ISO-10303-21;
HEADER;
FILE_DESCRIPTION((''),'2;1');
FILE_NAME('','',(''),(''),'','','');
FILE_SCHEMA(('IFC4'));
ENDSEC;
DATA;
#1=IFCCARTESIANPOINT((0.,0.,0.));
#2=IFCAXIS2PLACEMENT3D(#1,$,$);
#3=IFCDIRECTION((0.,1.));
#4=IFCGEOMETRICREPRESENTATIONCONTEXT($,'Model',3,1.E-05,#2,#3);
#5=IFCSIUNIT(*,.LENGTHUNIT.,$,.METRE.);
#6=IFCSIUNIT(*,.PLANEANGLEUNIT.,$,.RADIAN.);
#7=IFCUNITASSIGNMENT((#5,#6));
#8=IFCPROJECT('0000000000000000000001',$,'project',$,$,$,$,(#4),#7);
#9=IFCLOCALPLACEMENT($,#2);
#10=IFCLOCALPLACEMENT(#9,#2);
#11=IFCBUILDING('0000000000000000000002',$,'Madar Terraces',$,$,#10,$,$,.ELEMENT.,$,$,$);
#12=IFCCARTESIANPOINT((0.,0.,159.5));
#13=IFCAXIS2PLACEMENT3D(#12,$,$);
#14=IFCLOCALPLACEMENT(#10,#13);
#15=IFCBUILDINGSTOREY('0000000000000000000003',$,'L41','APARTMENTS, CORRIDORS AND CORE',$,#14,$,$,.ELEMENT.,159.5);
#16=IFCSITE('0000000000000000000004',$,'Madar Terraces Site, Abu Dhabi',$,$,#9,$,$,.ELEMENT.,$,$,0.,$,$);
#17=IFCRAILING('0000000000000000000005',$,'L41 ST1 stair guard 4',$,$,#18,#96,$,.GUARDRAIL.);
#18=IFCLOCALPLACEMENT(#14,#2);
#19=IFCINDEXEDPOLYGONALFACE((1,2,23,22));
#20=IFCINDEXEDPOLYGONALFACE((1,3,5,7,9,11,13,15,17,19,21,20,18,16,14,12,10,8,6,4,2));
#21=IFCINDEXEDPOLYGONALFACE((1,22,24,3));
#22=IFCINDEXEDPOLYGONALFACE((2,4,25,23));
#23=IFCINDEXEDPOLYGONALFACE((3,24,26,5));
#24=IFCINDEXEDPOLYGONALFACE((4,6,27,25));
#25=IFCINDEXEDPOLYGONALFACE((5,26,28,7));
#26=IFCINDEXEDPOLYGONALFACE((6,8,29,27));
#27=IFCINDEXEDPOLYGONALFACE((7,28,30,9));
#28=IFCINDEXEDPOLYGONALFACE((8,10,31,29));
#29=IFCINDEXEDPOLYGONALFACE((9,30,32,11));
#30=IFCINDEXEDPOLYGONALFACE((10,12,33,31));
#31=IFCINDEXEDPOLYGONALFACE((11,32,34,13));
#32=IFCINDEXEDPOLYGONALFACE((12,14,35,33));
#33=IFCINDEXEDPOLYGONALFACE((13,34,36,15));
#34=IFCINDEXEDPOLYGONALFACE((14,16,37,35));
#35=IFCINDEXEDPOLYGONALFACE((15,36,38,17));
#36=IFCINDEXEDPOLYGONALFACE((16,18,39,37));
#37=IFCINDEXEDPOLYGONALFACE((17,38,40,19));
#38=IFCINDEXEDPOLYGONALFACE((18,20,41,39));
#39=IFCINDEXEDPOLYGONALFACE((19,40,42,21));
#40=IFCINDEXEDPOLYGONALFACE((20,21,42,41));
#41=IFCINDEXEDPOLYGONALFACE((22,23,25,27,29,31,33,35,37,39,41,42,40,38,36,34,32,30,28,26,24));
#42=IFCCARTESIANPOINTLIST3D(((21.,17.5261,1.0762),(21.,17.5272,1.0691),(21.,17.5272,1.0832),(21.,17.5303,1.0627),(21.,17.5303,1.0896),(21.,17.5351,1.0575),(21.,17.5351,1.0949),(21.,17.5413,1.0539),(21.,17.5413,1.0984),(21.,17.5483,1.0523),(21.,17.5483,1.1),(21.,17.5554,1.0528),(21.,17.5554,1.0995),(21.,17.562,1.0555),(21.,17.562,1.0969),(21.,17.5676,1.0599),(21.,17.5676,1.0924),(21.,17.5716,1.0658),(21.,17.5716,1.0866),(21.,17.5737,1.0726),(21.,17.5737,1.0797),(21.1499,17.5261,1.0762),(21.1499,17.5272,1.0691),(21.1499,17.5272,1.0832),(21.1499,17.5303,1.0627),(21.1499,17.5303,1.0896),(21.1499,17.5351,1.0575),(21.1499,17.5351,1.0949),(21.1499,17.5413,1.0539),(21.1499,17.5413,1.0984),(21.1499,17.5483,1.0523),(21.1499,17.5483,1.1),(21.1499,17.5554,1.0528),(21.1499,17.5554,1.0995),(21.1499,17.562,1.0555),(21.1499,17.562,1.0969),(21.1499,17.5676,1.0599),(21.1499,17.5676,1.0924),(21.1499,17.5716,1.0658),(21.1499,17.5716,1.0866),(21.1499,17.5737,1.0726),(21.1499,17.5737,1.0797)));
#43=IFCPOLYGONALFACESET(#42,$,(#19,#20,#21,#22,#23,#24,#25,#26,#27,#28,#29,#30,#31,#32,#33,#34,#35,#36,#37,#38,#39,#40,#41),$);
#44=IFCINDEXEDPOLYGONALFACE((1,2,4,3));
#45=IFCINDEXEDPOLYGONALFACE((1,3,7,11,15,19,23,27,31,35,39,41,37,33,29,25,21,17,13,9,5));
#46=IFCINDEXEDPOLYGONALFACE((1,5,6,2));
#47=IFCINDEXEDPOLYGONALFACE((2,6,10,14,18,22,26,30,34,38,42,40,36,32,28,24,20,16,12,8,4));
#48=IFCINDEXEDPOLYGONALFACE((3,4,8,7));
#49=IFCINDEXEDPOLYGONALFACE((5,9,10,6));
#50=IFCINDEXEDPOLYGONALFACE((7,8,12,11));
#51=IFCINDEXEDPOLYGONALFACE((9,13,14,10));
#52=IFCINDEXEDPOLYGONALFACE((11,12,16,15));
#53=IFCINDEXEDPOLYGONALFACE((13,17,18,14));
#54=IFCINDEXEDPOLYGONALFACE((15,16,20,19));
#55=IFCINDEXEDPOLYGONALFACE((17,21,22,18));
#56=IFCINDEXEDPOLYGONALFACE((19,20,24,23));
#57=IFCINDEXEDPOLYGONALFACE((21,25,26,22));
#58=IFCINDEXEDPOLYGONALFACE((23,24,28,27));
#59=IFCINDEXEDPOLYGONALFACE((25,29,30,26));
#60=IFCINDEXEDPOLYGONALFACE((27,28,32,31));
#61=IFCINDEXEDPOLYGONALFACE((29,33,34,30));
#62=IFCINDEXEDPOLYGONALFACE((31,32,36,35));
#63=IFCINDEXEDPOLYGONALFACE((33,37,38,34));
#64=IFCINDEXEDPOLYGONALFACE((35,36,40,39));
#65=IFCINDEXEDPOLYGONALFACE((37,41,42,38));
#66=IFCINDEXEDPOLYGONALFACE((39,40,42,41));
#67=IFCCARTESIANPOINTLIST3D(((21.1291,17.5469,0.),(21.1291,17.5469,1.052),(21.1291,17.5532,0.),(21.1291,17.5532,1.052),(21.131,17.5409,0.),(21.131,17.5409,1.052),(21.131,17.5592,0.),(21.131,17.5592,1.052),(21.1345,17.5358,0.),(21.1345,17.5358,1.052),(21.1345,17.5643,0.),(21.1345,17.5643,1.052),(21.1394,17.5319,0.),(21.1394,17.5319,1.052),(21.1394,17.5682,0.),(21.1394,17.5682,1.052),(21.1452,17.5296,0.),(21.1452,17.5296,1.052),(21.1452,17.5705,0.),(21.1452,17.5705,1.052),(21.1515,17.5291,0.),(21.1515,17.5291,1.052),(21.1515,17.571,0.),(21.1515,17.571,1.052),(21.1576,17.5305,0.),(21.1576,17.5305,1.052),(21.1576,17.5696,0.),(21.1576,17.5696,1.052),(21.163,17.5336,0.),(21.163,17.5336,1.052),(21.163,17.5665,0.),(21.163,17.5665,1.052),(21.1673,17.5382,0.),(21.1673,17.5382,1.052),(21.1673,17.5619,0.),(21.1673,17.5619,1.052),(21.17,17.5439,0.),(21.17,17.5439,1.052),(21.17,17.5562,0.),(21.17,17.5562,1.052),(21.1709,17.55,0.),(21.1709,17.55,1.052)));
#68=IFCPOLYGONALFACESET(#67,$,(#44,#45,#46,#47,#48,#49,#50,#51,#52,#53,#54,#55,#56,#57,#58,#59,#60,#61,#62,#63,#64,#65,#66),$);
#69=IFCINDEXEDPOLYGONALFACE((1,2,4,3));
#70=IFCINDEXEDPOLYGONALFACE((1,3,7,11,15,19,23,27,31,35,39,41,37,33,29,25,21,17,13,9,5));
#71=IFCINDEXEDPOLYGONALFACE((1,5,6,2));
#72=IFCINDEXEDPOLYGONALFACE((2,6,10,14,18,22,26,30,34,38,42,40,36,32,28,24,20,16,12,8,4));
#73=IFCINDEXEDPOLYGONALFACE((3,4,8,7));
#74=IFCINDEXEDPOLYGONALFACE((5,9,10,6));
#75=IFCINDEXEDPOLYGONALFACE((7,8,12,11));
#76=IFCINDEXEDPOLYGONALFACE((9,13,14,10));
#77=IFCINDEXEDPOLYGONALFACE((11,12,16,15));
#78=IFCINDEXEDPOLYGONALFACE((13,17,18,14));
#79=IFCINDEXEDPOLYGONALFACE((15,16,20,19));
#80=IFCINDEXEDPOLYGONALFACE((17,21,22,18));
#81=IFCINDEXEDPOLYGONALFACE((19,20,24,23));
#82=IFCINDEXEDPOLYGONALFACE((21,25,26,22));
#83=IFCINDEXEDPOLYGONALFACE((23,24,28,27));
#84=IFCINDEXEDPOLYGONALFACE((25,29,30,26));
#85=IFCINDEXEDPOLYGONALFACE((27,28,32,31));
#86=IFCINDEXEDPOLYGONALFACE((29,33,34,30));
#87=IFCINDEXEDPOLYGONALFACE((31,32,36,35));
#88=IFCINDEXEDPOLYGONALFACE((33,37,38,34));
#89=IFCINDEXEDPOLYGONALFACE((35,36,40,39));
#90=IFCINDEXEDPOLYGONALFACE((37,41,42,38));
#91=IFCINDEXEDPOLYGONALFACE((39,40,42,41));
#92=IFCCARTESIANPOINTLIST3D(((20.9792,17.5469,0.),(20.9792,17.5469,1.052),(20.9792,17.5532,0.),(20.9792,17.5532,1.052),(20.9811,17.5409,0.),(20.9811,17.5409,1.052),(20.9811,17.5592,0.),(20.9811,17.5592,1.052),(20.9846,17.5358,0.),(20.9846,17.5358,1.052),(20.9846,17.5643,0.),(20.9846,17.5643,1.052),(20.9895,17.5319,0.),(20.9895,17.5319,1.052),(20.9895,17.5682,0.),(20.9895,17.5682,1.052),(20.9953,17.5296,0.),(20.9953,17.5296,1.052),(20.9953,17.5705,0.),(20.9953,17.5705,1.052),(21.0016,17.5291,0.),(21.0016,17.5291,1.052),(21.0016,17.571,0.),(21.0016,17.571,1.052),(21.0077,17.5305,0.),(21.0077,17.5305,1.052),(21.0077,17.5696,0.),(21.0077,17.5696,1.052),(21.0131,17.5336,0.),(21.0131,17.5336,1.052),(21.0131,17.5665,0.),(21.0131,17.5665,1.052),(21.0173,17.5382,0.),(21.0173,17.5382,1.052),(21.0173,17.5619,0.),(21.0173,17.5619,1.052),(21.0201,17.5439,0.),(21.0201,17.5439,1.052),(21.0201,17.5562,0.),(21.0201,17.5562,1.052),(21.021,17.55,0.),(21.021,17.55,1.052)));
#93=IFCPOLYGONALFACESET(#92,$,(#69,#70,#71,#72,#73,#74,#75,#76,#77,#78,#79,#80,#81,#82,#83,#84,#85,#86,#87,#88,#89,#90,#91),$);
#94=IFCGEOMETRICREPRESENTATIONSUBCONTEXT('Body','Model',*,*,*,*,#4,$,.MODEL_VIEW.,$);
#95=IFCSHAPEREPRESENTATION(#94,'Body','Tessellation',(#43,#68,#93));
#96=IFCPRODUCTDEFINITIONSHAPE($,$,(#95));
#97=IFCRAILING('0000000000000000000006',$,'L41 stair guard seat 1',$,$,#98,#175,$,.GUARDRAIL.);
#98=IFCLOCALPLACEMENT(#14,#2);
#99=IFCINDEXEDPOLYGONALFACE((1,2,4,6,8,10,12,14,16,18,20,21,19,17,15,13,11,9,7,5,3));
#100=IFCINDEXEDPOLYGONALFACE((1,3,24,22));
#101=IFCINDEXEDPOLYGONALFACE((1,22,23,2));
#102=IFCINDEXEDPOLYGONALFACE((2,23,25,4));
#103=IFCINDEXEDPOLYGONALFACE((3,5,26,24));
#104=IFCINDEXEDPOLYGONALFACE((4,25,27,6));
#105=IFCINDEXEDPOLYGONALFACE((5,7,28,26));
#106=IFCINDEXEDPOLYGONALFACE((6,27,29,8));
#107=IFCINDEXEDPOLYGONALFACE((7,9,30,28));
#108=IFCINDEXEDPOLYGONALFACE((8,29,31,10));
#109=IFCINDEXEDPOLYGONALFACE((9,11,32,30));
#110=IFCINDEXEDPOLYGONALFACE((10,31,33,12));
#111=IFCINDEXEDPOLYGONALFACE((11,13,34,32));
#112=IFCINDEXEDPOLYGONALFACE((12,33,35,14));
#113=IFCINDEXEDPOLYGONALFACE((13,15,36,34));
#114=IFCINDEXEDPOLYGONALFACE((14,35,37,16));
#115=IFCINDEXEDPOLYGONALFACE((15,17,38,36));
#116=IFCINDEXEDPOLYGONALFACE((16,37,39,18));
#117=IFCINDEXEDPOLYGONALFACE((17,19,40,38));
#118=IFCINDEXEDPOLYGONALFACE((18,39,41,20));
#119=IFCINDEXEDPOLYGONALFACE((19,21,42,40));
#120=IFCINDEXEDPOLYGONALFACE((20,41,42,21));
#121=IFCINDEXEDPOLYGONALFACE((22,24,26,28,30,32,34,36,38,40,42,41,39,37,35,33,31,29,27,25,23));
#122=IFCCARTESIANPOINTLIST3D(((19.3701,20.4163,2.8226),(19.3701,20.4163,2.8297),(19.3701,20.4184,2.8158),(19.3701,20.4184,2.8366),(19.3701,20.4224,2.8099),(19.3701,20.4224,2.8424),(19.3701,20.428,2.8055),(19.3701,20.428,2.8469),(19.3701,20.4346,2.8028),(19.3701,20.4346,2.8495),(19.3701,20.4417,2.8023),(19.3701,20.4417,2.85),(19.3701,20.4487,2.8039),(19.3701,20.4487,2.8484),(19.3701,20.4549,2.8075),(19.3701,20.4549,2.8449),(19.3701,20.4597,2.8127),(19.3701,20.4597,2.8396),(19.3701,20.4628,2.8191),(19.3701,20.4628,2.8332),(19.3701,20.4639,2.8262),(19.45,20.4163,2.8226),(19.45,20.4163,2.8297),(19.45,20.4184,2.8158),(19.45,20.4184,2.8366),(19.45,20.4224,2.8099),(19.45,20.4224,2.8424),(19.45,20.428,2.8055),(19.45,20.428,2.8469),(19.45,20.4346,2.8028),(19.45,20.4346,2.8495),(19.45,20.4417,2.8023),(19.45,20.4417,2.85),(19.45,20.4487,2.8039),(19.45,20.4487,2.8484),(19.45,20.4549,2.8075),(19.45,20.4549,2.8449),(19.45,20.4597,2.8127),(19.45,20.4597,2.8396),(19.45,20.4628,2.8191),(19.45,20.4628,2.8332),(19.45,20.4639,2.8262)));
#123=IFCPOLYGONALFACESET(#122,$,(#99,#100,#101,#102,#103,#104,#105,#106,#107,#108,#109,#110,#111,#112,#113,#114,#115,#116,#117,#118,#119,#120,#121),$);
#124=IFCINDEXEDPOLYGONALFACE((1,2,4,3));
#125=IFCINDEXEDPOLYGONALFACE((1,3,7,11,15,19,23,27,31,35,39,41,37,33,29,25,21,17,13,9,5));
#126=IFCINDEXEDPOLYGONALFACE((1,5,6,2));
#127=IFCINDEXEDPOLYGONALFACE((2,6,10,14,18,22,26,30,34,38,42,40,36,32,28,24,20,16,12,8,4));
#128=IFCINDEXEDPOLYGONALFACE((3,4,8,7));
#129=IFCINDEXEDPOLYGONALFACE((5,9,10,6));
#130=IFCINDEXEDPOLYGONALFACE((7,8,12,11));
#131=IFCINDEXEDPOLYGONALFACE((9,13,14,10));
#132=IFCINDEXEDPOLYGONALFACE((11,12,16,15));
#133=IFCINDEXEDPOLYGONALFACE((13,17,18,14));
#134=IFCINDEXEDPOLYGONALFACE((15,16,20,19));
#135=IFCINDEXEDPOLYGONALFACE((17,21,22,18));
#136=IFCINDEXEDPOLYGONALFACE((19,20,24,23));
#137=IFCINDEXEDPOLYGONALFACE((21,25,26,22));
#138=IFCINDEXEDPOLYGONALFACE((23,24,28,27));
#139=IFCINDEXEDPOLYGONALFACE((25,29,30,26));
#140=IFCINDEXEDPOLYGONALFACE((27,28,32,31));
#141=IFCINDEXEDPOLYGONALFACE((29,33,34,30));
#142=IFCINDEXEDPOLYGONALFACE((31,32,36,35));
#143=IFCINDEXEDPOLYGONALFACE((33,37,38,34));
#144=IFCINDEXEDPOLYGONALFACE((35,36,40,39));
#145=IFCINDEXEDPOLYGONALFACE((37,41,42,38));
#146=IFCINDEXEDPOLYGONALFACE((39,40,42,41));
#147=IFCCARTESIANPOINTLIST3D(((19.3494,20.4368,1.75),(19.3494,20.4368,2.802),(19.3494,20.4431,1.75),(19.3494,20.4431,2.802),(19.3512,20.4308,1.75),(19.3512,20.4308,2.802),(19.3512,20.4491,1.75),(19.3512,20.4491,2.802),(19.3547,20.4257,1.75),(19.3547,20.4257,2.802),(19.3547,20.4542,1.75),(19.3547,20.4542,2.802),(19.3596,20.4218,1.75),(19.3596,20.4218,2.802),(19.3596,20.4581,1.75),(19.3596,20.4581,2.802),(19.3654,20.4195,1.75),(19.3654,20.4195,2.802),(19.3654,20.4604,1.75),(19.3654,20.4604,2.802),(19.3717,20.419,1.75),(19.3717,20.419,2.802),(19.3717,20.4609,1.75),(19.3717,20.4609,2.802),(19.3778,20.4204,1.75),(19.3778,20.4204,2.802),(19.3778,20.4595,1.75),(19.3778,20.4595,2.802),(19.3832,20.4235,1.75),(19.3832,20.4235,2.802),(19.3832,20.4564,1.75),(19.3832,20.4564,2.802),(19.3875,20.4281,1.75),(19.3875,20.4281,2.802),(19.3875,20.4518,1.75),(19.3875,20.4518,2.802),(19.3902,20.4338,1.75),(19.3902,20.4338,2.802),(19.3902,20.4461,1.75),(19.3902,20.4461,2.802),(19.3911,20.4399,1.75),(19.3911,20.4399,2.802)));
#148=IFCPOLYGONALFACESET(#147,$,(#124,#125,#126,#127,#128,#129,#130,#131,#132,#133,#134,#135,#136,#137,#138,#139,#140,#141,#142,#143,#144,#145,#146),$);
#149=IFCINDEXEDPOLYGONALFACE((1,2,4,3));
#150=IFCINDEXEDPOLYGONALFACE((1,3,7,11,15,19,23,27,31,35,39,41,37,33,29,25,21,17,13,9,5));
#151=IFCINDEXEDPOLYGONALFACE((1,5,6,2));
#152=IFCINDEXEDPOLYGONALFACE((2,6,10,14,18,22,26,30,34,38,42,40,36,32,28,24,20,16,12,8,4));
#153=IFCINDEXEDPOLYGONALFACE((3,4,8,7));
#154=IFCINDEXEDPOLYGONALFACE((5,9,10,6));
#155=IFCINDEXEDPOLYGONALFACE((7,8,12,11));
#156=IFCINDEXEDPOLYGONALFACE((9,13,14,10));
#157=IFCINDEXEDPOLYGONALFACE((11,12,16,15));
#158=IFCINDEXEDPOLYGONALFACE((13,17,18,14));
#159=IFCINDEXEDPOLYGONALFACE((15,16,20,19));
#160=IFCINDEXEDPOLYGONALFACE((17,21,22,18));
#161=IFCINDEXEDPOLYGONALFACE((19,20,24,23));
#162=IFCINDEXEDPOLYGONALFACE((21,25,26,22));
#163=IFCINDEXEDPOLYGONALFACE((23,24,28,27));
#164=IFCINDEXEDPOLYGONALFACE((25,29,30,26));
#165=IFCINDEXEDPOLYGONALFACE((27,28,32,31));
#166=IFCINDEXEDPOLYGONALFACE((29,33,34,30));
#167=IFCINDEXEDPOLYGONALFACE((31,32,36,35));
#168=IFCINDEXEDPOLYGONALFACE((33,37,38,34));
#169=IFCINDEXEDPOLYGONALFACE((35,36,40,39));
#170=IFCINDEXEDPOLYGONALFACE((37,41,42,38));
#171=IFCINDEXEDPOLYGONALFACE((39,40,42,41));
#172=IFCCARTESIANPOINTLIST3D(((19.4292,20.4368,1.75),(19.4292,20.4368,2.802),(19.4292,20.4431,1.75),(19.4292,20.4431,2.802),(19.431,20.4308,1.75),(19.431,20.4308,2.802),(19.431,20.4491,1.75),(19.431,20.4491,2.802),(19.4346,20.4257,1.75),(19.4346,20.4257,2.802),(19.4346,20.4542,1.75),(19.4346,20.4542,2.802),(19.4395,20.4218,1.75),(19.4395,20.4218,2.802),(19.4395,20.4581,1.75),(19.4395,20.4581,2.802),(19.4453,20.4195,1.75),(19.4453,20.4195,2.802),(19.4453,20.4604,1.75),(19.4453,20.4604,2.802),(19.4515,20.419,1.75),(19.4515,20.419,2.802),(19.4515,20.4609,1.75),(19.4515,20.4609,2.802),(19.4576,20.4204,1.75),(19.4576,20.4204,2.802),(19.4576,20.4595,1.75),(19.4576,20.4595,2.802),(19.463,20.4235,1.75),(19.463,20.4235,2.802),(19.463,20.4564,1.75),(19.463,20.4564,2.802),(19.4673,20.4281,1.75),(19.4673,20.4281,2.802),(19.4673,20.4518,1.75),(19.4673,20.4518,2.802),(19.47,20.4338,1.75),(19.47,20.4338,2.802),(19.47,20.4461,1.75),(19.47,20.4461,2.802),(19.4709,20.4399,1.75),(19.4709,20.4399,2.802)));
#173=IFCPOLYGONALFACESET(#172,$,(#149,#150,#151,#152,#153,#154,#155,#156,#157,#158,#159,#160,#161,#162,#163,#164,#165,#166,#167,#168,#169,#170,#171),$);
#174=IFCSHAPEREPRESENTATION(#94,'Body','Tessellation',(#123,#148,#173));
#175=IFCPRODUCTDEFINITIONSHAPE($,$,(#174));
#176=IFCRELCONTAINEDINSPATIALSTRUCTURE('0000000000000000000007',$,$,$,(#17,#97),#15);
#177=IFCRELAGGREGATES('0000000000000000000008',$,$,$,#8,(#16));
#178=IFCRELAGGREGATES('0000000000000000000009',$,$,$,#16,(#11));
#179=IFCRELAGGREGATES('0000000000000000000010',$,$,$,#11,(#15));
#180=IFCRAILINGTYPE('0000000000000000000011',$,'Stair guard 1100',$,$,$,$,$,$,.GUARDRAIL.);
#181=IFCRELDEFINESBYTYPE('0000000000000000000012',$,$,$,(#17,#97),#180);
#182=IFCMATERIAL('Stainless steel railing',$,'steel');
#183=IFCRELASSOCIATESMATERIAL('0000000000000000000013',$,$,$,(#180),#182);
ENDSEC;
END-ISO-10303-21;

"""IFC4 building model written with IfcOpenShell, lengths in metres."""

from ifc_helpers import new_model, si_unit, direction, frame, origin, origin_2d, place, context, subcontext, project, spatial, circle, extrude, material, type_object, element, save


model = new_model("IFC4")

# Units and contexts
model_context = context("Model", 3, precision=1e-05, world=origin(), true_north=direction((0.0, 1.0)))
body_context = subcontext(model_context, "Body", "Model", "MODEL_VIEW")
ifc_project = project(units=[si_unit("LENGTHUNIT", "METRE"), si_unit("PLANEANGLEUNIT", "RADIAN")], contexts=[model_context])

# Site, building, storey
site_placement = place(None, origin())
site = spatial("IfcSite", under=ifc_project, at=site_placement, Name="Madar Terraces Site, Abu Dhabi", CompositionType="ELEMENT", RefElevation=0.0)
building_placement = place(site_placement, origin())
building = spatial("IfcBuilding", under=site, at=building_placement, Name="Madar Terraces", CompositionType="ELEMENT")
storey_placement = place(building_placement, frame((0.0, 0.0, 159.5)))
storey = spatial("IfcBuildingStorey", under=building, at=storey_placement, Name="L41", Description="APARTMENTS, CORRIDORS AND CORE", CompositionType="ELEMENT", Elevation=159.5)

# Railings
ifc_material_1 = material(Name="Stainless steel railing", Category="steel")
railing_type_1 = type_object("IfcRailingType", Name="Stair guard 1100", PredefinedType="GUARDRAIL", material=ifc_material_1)
railing_1_placement = place(storey_placement, frame((21.1499, 17.55, 0.0)))
element("IfcRailing", 1, at=railing_1_placement, inside=storey, type_object=railing_type_1, Name="L41 ST1 stair guard 4", PredefinedType="GUARDRAIL", context=body_context, shape_type="SweptSolid", body=[
    extrude(circle(Radius=0.0239, at=origin_2d()), frame((0.0, 0.0, 1.0762), z_axis=(-1.0, 0.0, 0.0), x_axis=(0.0, -1.0, 0.0)), (0.0, 0.0, 1.0), 0.1499),
    extrude(circle(Radius=0.021, at=origin_2d()), origin(), (0.0, 0.0, 1.0), 1.052),
    extrude(circle(Radius=0.021, at=origin_2d()), frame((-0.1499, 0.0, 0.0)), (0.0, 0.0, 1.0), 1.052),
])
railing_2_placement = place(storey_placement, frame((19.3701, 20.4399, 1.75)))
element("IfcRailing", 2, at=railing_2_placement, inside=storey, type_object=railing_type_1, Name="L41 stair guard seat 1", PredefinedType="GUARDRAIL", context=body_context, shape_type="SweptSolid", body=[
    extrude(circle(Radius=0.0239, at=origin_2d()), frame((0.0, 0.0, 1.0762), z_axis=(1.0, 0.0, 0.0), x_axis=(0.0, 1.0, 0.0)), (0.0, 0.0, 1.0), 0.0798),
    extrude(circle(Radius=0.021, at=origin_2d()), origin(), (0.0, 0.0, 1.0), 1.052),
    extrude(circle(Radius=0.021, at=origin_2d()), frame((0.0798, 0.0, 0.0)), (0.0, 0.0, 1.0), 1.052),
])

save(model, "model.ifc")
